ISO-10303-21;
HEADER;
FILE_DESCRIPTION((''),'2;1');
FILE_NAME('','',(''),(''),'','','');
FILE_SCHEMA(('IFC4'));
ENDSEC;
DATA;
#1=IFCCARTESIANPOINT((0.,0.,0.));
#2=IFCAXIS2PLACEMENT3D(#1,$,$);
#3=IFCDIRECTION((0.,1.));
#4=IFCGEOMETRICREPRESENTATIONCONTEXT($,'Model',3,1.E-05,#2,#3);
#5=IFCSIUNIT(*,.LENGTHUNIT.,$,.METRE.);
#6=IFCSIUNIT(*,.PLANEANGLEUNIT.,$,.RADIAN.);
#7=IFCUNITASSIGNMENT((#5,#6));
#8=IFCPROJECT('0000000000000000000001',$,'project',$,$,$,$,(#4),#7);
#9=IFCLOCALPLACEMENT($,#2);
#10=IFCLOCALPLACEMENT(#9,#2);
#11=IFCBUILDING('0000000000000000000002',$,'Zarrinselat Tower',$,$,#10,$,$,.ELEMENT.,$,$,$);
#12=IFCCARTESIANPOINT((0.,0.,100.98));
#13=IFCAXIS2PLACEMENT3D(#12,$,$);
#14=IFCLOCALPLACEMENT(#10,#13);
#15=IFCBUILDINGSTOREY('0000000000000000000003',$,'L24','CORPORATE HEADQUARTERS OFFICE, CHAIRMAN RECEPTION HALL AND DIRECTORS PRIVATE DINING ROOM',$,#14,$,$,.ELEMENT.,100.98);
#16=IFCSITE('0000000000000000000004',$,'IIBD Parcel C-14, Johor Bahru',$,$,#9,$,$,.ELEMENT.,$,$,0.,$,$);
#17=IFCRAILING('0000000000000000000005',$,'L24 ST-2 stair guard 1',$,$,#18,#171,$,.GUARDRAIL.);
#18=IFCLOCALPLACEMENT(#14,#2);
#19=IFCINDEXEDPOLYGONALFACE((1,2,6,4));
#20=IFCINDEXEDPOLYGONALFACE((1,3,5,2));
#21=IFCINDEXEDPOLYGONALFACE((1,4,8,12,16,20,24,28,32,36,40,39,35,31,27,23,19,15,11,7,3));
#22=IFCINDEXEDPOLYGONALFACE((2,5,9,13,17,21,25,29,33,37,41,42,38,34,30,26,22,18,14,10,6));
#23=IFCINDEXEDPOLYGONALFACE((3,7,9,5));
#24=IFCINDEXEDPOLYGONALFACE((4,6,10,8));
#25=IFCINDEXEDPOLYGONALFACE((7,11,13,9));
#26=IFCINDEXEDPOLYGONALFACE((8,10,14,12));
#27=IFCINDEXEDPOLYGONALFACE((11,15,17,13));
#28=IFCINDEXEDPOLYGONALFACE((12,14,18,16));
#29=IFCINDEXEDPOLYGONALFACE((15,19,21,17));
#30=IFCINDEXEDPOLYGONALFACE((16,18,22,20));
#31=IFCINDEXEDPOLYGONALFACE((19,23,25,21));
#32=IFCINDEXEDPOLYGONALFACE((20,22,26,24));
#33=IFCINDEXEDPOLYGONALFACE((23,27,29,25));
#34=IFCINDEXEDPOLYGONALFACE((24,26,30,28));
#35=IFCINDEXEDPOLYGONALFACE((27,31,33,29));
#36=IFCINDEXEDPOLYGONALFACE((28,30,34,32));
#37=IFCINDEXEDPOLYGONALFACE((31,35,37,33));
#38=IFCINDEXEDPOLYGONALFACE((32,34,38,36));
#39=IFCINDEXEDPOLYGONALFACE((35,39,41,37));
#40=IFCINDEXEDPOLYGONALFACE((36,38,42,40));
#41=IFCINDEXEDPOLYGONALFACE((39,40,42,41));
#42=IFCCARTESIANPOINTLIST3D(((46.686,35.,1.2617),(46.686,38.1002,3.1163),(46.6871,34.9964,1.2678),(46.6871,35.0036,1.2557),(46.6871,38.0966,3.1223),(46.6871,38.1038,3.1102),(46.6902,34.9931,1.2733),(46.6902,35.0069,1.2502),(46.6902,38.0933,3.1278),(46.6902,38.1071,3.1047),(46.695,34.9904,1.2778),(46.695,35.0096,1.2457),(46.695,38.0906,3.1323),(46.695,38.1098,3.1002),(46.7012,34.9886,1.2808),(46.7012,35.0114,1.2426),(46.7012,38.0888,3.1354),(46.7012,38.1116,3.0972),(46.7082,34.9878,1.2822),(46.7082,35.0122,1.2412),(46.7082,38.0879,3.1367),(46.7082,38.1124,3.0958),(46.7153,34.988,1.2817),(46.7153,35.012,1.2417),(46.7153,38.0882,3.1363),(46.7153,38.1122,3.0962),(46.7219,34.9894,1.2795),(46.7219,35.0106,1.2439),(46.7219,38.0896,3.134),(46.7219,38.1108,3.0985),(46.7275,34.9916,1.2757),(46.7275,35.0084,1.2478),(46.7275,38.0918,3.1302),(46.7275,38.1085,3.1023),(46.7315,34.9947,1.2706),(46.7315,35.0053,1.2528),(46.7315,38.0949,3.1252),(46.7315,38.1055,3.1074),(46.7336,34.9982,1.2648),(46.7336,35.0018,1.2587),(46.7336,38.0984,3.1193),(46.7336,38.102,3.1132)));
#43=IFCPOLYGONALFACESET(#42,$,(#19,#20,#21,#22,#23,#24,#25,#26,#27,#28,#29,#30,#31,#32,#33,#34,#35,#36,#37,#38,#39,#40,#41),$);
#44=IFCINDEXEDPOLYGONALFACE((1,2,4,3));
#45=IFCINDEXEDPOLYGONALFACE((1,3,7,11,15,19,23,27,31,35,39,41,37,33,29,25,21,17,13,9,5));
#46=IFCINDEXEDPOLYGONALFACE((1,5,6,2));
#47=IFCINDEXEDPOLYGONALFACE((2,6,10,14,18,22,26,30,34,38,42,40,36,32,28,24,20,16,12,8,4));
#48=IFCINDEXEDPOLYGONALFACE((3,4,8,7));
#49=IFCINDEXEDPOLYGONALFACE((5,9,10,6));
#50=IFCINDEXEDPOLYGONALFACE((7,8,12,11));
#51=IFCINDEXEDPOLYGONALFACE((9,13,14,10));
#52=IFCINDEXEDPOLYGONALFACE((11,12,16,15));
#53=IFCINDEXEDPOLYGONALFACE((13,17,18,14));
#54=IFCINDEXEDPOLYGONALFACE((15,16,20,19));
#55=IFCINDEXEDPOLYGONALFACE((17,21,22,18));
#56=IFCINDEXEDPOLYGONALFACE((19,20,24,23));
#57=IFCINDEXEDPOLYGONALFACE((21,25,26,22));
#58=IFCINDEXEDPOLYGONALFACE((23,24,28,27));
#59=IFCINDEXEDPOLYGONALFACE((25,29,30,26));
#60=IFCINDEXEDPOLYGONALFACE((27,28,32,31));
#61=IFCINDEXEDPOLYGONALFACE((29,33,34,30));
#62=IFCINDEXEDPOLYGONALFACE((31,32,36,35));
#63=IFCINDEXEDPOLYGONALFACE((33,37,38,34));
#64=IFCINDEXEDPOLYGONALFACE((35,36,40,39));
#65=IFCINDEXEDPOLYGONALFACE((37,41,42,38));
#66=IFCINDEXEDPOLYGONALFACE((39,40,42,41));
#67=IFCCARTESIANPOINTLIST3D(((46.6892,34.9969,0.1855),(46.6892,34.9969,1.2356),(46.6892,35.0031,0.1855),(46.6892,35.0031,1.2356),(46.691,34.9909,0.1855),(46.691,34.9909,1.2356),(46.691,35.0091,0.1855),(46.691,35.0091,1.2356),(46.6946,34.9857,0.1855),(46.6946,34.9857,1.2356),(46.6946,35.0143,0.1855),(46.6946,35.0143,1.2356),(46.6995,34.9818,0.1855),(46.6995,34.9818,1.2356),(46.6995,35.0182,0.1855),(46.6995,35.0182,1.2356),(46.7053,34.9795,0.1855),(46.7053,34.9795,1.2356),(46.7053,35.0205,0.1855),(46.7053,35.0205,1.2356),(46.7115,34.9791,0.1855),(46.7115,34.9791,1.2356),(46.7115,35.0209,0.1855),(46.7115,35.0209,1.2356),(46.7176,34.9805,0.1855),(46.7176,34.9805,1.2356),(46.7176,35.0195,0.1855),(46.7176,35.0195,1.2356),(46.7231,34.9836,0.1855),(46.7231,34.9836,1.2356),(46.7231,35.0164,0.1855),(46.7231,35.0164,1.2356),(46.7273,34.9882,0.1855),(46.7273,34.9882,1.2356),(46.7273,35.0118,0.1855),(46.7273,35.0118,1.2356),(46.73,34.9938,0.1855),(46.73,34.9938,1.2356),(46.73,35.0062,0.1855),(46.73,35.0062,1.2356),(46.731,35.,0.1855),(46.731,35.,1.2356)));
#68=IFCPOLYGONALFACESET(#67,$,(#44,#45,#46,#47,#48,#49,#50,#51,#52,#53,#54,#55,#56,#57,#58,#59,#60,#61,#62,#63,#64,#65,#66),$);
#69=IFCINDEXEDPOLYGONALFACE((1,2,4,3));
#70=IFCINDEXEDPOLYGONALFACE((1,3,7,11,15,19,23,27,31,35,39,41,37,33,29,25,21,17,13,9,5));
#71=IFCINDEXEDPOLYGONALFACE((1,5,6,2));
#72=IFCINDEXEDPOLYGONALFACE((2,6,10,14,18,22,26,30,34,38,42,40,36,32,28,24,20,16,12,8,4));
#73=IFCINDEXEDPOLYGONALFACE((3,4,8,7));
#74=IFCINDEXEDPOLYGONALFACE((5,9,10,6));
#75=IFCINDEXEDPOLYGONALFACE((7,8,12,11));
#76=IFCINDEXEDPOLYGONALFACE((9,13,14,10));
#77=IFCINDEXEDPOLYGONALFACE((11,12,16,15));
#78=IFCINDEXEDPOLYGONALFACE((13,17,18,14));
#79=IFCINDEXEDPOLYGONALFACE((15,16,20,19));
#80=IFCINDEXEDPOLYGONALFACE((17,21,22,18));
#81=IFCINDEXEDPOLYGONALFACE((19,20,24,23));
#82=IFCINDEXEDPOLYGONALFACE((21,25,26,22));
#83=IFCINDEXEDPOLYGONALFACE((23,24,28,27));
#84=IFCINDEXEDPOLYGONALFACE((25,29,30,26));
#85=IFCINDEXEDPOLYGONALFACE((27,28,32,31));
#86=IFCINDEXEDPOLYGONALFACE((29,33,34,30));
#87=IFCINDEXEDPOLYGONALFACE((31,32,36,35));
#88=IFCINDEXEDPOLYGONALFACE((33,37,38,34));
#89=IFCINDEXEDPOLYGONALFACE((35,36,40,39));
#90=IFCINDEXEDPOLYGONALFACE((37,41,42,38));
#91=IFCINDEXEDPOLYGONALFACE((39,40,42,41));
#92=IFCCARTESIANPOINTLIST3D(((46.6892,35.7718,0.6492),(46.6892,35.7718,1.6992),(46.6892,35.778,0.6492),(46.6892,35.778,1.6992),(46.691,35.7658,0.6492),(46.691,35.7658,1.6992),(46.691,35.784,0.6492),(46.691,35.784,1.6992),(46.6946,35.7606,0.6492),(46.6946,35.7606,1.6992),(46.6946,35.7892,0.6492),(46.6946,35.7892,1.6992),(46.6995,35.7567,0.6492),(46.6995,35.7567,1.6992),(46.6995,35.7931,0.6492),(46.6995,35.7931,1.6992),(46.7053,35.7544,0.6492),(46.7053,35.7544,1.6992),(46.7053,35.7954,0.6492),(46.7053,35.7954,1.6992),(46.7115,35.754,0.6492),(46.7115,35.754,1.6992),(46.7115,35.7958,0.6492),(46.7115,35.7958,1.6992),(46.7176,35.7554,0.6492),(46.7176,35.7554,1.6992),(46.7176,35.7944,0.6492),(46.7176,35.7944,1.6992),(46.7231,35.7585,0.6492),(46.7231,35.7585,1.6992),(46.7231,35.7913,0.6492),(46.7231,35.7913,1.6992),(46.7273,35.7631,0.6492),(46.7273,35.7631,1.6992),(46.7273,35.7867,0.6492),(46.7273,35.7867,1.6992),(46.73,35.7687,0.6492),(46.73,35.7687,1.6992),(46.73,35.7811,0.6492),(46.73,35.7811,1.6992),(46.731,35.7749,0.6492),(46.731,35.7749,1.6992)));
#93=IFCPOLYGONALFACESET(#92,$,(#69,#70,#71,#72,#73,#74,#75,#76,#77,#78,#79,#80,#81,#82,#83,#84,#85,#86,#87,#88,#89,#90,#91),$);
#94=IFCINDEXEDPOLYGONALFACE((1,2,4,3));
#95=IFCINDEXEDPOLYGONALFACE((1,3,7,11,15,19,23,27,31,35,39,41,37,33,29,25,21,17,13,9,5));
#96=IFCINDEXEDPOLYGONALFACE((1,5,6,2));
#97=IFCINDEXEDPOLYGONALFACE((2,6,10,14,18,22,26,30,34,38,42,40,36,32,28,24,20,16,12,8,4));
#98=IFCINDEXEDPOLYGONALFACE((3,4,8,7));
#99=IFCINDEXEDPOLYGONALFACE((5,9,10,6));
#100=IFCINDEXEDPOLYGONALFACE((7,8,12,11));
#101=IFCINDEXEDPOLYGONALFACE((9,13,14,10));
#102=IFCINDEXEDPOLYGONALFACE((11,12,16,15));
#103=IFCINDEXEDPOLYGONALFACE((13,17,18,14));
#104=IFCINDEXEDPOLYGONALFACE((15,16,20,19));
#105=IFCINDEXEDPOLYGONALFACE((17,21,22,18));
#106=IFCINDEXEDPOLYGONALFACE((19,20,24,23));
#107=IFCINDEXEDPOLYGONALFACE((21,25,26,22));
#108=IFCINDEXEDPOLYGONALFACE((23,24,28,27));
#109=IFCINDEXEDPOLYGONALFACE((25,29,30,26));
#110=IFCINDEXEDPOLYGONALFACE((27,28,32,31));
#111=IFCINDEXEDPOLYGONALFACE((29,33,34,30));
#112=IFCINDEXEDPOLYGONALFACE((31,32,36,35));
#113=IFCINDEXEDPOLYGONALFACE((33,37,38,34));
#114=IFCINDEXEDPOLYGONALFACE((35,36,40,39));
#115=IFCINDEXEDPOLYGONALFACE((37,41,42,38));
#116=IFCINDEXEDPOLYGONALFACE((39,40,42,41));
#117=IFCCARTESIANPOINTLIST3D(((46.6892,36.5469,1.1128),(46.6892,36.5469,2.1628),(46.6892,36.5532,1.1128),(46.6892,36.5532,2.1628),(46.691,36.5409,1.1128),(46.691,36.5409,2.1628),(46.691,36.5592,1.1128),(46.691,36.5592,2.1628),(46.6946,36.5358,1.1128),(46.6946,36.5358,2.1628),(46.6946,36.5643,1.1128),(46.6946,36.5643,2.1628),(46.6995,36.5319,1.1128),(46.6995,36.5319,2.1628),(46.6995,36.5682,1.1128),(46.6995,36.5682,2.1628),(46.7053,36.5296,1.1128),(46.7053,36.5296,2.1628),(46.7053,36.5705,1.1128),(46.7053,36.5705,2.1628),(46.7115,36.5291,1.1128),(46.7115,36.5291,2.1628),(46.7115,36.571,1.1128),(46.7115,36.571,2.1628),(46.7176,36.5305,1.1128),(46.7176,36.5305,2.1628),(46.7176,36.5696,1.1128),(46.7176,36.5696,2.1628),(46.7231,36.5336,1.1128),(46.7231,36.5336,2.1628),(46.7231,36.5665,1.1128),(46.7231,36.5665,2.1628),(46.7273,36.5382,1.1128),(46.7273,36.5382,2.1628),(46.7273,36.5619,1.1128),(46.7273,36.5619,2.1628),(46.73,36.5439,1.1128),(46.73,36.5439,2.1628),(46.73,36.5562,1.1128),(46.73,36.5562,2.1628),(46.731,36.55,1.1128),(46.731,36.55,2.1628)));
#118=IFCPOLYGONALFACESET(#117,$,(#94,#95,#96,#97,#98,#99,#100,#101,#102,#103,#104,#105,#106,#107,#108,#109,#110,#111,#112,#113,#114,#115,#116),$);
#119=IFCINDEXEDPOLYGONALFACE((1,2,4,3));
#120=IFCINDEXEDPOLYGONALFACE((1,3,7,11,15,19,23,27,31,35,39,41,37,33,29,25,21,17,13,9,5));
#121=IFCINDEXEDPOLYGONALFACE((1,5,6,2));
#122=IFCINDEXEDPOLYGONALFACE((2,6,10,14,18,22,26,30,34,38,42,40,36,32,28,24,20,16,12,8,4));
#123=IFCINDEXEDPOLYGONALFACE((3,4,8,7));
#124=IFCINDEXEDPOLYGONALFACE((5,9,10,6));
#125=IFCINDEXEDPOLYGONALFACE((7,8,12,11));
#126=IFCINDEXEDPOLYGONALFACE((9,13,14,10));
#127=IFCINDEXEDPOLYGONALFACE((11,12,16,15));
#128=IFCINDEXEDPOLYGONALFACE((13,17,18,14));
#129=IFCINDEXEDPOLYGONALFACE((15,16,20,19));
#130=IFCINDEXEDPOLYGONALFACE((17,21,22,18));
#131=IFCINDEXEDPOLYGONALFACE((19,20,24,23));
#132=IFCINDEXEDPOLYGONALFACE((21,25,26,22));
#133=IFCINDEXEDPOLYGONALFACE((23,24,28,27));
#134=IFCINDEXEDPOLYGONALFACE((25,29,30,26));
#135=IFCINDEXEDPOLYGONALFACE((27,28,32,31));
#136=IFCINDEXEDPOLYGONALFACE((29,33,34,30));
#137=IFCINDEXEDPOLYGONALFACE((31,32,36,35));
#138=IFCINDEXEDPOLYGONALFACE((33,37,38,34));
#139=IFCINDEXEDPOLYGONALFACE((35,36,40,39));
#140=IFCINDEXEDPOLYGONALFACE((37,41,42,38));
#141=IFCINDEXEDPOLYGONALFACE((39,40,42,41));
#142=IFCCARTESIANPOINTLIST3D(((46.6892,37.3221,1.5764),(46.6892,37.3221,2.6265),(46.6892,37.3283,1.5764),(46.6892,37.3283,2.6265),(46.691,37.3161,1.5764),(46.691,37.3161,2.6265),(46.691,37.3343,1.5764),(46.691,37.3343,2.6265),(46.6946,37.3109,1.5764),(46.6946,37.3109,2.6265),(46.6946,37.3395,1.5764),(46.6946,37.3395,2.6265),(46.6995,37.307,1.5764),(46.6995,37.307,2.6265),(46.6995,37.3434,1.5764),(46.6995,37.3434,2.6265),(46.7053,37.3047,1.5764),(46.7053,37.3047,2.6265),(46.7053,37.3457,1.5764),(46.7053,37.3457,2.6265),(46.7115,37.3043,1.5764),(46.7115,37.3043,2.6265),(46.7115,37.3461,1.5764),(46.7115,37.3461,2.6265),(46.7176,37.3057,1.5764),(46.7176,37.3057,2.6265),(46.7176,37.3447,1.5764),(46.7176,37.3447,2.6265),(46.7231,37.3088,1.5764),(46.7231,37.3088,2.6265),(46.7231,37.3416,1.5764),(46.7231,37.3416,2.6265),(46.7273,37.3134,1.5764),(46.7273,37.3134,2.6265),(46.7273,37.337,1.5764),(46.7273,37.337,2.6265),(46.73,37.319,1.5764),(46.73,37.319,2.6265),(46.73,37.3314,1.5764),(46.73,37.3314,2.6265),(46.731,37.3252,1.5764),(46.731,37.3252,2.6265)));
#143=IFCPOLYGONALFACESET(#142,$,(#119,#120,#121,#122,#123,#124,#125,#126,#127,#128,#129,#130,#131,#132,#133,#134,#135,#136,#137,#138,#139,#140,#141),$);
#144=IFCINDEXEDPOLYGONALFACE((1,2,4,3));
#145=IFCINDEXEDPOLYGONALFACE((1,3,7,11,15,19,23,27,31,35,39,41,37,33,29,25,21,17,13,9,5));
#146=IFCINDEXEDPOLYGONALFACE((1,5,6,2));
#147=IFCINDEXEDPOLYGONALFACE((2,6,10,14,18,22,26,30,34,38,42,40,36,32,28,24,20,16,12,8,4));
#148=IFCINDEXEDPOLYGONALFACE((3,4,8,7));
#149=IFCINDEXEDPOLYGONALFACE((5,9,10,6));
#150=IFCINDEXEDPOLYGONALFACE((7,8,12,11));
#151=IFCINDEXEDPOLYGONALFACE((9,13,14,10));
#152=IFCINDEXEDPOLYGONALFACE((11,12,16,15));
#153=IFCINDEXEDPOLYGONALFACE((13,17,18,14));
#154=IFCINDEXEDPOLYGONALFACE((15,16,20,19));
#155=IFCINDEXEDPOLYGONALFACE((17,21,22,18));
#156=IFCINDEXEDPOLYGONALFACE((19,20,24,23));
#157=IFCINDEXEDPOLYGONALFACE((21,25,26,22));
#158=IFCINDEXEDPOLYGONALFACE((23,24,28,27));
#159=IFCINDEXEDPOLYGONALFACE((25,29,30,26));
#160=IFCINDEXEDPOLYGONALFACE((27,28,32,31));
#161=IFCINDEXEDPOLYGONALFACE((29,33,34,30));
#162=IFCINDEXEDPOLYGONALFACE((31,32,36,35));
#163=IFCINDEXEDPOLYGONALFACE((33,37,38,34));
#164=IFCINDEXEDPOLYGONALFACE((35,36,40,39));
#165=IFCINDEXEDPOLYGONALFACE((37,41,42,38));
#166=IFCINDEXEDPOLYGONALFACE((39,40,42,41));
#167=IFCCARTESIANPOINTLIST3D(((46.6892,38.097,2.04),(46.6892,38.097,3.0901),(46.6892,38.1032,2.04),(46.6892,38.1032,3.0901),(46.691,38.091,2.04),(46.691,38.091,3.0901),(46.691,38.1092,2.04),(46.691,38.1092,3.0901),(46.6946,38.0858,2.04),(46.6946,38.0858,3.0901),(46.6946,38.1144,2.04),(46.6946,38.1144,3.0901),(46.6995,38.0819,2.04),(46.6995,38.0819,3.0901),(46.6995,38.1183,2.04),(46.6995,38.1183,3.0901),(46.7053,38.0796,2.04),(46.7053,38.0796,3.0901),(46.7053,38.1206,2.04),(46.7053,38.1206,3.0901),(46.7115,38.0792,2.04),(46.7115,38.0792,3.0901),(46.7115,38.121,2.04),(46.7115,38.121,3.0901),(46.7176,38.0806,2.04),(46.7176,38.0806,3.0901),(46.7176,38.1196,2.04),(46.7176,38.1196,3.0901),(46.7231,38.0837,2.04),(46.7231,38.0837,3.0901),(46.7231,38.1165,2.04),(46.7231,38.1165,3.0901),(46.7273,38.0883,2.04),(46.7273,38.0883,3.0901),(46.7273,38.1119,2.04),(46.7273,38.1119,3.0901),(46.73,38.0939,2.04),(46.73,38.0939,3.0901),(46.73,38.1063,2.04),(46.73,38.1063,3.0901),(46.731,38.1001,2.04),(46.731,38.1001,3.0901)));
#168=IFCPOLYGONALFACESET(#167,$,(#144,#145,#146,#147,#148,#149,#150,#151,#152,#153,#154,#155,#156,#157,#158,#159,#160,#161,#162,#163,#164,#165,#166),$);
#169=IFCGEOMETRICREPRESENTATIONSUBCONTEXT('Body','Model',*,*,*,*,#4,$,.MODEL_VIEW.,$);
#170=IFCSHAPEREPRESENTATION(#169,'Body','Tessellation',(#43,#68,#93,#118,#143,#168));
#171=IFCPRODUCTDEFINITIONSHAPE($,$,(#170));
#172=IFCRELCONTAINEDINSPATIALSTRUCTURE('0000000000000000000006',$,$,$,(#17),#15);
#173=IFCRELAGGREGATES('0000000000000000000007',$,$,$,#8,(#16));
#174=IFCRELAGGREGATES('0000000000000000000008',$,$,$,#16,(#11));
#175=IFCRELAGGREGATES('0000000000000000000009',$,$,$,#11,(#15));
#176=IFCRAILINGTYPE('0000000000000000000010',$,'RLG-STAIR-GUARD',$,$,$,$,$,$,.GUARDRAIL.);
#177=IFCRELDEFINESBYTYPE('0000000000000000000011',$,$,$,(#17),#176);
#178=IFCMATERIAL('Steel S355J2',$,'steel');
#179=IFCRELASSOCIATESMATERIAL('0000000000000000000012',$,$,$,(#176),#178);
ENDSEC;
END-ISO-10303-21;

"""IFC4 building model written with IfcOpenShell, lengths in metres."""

from ifc_helpers import new_model, si_unit, direction, frame, origin, origin_2d, place, context, subcontext, project, spatial, circle, extrude, material, type_object, element, save


model = new_model("IFC4")

# Units and contexts
model_context = context("Model", 3, precision=1e-05, world=origin(), true_north=direction((0.0, 1.0)))
body_context = subcontext(model_context, "Body", "Model", "MODEL_VIEW")
ifc_project = project(units=[si_unit("LENGTHUNIT", "METRE"), si_unit("PLANEANGLEUNIT", "RADIAN")], contexts=[model_context])

# Site, building, storey
site_placement = place(None, origin())
site = spatial("IfcSite", under=ifc_project, at=site_placement, Name="IIBD Parcel C-14, Johor Bahru", CompositionType="ELEMENT", RefElevation=0.0)
building_placement = place(site_placement, origin())
building = spatial("IfcBuilding", under=site, at=building_placement, Name="Zarrinselat Tower", CompositionType="ELEMENT")
storey_placement = place(building_placement, frame((0.0, 0.0, 100.98)))
storey = spatial("IfcBuildingStorey", under=building, at=storey_placement, Name="L24", Description="CORPORATE HEADQUARTERS OFFICE, CHAIRMAN RECEPTION HALL AND DIRECTORS PRIVATE DINING ROOM", CompositionType="ELEMENT", Elevation=100.98)

# Railing
ifc_material_1 = material(Name="Steel S355J2", Category="steel")
railing_type_1 = type_object("IfcRailingType", Name="RLG-STAIR-GUARD", PredefinedType="GUARDRAIL", material=ifc_material_1)
railing_1_placement = place(storey_placement, frame((46.71, 35.0, 0.1855)))
element("IfcRailing", 1, at=railing_1_placement, inside=storey, type_object=railing_type_1, Name="L24 ST-2 stair guard 1", PredefinedType="GUARDRAIL", context=body_context, shape_type="SweptSolid", body=[
    extrude(circle(Radius=0.0239, at=origin_2d()), frame((0.0, 0.0, 1.0762), z_axis=(0.0, 0.858172, 0.513362), x_axis=(-1.0, 0.0, 0.0)), (0.0, 0.0, 1.0), 3.6125),
    extrude(circle(Radius=0.021, at=origin_2d()), origin(), (0.0, 0.0, 1.0), 1.05),
    extrude(circle(Radius=0.021, at=origin_2d()), frame((0.0, 0.7749, 0.4636)), (0.0, 0.0, 1.0), 1.05),
    extrude(circle(Radius=0.021, at=origin_2d()), frame((0.0, 1.55, 0.9272)), (0.0, 0.0, 1.0), 1.05),
    extrude(circle(Radius=0.021, at=origin_2d()), frame((0.0, 2.3252, 1.3909)), (0.0, 0.0, 1.0), 1.05),
    extrude(circle(Radius=0.021, at=origin_2d()), frame((0.0, 3.1001, 1.8545)), (0.0, 0.0, 1.0), 1.05),
])

save(model, "model.ifc")
